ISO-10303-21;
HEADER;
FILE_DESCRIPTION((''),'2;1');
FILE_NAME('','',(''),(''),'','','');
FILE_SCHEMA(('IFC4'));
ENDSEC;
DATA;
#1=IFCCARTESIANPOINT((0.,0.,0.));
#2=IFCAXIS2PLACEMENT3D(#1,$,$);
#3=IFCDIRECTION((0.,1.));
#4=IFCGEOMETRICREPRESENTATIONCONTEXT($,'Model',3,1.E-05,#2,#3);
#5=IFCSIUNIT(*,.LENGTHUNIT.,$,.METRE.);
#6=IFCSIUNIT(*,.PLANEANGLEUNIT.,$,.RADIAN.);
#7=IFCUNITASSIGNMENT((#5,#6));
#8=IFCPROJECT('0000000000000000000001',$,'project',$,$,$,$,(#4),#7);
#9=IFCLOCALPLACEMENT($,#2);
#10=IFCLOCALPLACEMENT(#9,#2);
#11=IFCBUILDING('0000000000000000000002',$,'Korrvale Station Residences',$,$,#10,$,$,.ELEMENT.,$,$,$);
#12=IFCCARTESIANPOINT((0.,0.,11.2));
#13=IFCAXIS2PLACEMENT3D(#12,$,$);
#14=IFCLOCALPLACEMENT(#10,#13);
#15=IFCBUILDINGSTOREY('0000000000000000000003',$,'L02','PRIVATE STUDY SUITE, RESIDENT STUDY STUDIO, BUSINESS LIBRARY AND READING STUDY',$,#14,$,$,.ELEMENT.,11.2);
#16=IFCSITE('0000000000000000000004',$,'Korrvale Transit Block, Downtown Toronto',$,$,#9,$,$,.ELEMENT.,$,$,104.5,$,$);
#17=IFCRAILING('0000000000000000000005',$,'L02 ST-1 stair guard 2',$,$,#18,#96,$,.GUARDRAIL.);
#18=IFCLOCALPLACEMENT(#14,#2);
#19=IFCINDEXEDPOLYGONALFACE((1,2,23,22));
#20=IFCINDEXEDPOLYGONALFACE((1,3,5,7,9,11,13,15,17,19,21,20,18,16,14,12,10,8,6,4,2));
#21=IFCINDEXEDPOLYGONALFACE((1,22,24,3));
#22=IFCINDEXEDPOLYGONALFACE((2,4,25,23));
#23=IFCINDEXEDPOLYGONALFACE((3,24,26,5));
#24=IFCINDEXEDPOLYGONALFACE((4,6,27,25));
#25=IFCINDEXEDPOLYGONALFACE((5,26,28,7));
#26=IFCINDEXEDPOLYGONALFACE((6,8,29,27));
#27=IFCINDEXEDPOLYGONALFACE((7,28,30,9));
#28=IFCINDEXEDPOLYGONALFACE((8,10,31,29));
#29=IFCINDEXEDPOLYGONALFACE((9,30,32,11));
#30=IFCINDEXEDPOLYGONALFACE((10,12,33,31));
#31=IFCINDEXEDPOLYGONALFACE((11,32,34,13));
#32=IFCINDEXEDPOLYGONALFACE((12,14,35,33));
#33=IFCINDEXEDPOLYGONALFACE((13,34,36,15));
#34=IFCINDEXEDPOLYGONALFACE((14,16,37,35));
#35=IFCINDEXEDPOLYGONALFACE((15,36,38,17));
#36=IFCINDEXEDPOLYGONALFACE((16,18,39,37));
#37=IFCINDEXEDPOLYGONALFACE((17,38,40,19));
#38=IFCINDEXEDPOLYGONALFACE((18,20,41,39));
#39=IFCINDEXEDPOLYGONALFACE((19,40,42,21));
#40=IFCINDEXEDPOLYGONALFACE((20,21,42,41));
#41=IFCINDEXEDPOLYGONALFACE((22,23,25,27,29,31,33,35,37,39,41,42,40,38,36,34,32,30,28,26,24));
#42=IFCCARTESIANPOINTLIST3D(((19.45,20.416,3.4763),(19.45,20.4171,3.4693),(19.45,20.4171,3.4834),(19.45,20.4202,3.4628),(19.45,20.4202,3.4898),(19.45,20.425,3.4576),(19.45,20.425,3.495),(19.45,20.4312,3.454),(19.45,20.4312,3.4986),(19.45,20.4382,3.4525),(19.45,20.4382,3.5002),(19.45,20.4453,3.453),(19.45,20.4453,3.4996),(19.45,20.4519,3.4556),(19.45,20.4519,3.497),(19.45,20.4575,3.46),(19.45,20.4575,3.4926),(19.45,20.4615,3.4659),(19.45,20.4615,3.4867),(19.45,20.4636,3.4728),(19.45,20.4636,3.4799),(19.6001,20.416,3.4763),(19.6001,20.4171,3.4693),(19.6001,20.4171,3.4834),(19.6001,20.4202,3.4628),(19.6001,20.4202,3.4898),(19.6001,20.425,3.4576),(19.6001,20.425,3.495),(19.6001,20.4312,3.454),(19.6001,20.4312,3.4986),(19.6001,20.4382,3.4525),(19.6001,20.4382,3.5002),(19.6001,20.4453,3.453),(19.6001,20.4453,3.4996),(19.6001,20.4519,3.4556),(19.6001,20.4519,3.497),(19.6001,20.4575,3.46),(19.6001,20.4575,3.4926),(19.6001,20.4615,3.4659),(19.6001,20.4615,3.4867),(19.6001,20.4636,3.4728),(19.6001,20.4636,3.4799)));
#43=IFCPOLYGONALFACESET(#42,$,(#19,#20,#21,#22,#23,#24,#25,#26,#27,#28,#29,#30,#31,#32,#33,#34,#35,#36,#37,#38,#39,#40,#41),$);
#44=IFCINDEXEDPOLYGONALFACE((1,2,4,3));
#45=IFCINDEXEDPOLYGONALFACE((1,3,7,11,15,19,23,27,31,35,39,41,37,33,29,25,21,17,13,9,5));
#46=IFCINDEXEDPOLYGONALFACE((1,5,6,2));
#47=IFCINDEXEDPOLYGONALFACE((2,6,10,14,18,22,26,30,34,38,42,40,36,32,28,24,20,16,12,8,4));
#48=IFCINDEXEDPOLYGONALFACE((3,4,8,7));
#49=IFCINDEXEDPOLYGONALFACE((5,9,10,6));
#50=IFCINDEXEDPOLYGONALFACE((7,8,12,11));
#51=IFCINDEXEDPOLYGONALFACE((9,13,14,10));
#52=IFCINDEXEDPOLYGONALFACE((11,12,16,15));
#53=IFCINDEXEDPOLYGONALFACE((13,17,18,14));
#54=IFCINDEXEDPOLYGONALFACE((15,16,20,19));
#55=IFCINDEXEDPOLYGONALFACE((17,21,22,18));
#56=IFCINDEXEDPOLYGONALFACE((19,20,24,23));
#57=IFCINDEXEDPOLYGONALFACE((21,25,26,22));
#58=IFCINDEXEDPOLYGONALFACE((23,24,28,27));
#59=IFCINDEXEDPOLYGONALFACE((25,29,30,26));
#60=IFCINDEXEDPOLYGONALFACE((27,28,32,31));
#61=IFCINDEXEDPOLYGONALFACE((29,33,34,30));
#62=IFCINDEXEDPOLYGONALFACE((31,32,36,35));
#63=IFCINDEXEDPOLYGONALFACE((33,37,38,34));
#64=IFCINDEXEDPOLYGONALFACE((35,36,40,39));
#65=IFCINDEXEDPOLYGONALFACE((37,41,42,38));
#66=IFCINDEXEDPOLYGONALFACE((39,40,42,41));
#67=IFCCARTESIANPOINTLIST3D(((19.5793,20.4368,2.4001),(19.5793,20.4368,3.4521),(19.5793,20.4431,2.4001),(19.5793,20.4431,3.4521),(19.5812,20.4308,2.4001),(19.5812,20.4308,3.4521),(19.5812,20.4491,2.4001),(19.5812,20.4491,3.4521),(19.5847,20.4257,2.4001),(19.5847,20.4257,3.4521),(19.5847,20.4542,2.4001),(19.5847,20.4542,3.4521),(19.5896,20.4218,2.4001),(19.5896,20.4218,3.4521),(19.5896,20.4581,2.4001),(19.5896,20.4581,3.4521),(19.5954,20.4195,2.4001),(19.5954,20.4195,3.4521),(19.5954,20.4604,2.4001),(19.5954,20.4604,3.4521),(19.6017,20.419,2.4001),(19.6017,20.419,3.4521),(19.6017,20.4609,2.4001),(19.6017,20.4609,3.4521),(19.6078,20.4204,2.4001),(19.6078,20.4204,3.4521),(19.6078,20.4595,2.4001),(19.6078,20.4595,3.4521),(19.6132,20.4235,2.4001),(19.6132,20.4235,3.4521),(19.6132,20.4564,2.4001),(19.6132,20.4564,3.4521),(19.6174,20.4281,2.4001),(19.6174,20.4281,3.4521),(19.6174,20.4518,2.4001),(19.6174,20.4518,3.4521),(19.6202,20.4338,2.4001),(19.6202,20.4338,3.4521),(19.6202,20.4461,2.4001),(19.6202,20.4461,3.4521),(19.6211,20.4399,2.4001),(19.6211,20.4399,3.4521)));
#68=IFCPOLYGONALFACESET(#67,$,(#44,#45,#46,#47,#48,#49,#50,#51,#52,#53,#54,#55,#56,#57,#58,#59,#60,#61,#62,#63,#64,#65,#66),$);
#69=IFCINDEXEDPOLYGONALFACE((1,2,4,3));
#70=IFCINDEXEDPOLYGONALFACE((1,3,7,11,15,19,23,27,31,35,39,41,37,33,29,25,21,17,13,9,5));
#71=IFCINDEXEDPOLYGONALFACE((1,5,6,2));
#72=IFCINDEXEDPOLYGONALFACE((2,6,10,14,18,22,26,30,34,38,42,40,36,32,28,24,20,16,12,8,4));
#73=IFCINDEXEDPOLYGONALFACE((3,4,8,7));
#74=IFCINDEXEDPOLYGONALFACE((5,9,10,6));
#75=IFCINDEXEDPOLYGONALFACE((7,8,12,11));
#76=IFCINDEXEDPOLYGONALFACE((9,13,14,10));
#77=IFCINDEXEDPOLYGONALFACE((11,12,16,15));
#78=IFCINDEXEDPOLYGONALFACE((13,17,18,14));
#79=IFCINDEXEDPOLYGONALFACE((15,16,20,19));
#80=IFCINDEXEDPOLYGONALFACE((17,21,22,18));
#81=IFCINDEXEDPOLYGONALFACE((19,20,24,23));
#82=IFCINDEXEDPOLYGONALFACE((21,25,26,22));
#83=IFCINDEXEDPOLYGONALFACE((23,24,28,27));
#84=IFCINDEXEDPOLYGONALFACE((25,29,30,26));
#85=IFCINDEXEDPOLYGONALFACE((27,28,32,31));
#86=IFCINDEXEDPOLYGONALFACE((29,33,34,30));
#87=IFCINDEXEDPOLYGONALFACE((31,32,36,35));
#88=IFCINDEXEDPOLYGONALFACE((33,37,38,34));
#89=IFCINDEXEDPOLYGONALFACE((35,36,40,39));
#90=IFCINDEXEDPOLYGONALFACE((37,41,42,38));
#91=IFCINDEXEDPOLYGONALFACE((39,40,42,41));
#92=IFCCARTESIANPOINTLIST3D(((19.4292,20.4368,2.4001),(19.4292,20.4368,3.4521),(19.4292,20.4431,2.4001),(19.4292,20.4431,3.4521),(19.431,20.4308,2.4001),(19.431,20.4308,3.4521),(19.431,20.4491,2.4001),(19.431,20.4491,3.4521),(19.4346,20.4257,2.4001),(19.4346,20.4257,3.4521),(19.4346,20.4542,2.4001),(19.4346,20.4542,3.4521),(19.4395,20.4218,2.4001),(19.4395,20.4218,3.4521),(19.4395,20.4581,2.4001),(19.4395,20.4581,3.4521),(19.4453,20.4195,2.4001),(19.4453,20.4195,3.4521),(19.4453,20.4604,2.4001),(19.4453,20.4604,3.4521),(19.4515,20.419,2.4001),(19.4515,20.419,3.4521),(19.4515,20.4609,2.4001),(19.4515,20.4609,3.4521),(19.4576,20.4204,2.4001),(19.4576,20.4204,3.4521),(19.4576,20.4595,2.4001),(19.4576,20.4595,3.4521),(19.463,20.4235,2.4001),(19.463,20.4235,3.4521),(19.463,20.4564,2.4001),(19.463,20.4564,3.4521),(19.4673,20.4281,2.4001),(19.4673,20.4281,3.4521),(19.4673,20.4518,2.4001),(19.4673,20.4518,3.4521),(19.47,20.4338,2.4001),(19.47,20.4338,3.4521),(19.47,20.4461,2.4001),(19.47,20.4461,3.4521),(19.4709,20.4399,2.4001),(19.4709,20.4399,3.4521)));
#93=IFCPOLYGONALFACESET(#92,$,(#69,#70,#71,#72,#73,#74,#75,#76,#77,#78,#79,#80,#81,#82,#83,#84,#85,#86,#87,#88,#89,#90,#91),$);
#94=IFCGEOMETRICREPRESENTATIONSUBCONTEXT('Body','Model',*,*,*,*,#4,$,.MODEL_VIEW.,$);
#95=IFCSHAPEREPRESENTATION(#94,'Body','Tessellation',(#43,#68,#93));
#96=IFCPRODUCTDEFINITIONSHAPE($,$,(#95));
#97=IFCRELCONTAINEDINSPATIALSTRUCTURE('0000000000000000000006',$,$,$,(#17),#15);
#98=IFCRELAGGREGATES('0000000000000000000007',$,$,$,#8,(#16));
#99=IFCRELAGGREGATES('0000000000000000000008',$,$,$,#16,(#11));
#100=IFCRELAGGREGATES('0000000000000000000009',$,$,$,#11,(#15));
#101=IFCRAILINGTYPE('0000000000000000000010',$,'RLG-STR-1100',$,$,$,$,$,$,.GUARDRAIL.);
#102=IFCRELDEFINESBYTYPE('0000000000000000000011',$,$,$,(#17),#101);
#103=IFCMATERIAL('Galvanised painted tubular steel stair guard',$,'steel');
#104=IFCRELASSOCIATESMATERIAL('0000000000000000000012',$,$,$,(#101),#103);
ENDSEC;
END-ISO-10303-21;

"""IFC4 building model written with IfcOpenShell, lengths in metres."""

from ifc_helpers import new_model, si_unit, direction, frame, origin, origin_2d, place, context, subcontext, project, spatial, circle, extrude, material, type_object, element, save


model = new_model("IFC4")

# Units and contexts
model_context = context("Model", 3, precision=1e-05, world=origin(), true_north=direction((0.0, 1.0)))
body_context = subcontext(model_context, "Body", "Model", "MODEL_VIEW")
ifc_project = project(units=[si_unit("LENGTHUNIT", "METRE"), si_unit("PLANEANGLEUNIT", "RADIAN")], contexts=[model_context])

# Site, building, storey
site_placement = place(None, origin())
site = spatial("IfcSite", under=ifc_project, at=site_placement, Name="Korrvale Transit Block, Downtown Toronto", CompositionType="ELEMENT", RefElevation=104.5)
building_placement = place(site_placement, origin())
building = spatial("IfcBuilding", under=site, at=building_placement, Name="Korrvale Station Residences", CompositionType="ELEMENT")
storey_placement = place(building_placement, frame((0.0, 0.0, 11.2)))
storey = spatial("IfcBuildingStorey", under=building, at=storey_placement, Name="L02", Description="PRIVATE STUDY SUITE, RESIDENT STUDY STUDIO, BUSINESS LIBRARY AND READING STUDY", CompositionType="ELEMENT", Elevation=11.2)

# Railing
ifc_material_1 = material(Name="Galvanised painted tubular steel stair guard", Category="steel")
railing_type_1 = type_object("IfcRailingType", Name="RLG-STR-1100", PredefinedType="GUARDRAIL", material=ifc_material_1)
railing_placement = place(storey_placement, frame((19.6001, 20.4399, 2.4001)))
element("IfcRailing", 1, at=railing_placement, inside=storey, type_object=railing_type_1, Name="L02 ST-1 stair guard 2", PredefinedType="GUARDRAIL", context=body_context, shape_type="SweptSolid", body=[
    extrude(circle(Radius=0.0239, at=origin_2d()), frame((0.0, 0.0, 1.0762), z_axis=(-1.0, 0.0, 0.0), x_axis=(0.0, -1.0, 0.0)), (0.0, 0.0, 1.0), 0.1501),
    extrude(circle(Radius=0.021, at=origin_2d()), origin(), (0.0, 0.0, 1.0), 1.052),
    extrude(circle(Radius=0.021, at=origin_2d()), frame((-0.1501, 0.0, 0.0)), (0.0, 0.0, 1.0), 1.052),
])

save(model, "model.ifc")
